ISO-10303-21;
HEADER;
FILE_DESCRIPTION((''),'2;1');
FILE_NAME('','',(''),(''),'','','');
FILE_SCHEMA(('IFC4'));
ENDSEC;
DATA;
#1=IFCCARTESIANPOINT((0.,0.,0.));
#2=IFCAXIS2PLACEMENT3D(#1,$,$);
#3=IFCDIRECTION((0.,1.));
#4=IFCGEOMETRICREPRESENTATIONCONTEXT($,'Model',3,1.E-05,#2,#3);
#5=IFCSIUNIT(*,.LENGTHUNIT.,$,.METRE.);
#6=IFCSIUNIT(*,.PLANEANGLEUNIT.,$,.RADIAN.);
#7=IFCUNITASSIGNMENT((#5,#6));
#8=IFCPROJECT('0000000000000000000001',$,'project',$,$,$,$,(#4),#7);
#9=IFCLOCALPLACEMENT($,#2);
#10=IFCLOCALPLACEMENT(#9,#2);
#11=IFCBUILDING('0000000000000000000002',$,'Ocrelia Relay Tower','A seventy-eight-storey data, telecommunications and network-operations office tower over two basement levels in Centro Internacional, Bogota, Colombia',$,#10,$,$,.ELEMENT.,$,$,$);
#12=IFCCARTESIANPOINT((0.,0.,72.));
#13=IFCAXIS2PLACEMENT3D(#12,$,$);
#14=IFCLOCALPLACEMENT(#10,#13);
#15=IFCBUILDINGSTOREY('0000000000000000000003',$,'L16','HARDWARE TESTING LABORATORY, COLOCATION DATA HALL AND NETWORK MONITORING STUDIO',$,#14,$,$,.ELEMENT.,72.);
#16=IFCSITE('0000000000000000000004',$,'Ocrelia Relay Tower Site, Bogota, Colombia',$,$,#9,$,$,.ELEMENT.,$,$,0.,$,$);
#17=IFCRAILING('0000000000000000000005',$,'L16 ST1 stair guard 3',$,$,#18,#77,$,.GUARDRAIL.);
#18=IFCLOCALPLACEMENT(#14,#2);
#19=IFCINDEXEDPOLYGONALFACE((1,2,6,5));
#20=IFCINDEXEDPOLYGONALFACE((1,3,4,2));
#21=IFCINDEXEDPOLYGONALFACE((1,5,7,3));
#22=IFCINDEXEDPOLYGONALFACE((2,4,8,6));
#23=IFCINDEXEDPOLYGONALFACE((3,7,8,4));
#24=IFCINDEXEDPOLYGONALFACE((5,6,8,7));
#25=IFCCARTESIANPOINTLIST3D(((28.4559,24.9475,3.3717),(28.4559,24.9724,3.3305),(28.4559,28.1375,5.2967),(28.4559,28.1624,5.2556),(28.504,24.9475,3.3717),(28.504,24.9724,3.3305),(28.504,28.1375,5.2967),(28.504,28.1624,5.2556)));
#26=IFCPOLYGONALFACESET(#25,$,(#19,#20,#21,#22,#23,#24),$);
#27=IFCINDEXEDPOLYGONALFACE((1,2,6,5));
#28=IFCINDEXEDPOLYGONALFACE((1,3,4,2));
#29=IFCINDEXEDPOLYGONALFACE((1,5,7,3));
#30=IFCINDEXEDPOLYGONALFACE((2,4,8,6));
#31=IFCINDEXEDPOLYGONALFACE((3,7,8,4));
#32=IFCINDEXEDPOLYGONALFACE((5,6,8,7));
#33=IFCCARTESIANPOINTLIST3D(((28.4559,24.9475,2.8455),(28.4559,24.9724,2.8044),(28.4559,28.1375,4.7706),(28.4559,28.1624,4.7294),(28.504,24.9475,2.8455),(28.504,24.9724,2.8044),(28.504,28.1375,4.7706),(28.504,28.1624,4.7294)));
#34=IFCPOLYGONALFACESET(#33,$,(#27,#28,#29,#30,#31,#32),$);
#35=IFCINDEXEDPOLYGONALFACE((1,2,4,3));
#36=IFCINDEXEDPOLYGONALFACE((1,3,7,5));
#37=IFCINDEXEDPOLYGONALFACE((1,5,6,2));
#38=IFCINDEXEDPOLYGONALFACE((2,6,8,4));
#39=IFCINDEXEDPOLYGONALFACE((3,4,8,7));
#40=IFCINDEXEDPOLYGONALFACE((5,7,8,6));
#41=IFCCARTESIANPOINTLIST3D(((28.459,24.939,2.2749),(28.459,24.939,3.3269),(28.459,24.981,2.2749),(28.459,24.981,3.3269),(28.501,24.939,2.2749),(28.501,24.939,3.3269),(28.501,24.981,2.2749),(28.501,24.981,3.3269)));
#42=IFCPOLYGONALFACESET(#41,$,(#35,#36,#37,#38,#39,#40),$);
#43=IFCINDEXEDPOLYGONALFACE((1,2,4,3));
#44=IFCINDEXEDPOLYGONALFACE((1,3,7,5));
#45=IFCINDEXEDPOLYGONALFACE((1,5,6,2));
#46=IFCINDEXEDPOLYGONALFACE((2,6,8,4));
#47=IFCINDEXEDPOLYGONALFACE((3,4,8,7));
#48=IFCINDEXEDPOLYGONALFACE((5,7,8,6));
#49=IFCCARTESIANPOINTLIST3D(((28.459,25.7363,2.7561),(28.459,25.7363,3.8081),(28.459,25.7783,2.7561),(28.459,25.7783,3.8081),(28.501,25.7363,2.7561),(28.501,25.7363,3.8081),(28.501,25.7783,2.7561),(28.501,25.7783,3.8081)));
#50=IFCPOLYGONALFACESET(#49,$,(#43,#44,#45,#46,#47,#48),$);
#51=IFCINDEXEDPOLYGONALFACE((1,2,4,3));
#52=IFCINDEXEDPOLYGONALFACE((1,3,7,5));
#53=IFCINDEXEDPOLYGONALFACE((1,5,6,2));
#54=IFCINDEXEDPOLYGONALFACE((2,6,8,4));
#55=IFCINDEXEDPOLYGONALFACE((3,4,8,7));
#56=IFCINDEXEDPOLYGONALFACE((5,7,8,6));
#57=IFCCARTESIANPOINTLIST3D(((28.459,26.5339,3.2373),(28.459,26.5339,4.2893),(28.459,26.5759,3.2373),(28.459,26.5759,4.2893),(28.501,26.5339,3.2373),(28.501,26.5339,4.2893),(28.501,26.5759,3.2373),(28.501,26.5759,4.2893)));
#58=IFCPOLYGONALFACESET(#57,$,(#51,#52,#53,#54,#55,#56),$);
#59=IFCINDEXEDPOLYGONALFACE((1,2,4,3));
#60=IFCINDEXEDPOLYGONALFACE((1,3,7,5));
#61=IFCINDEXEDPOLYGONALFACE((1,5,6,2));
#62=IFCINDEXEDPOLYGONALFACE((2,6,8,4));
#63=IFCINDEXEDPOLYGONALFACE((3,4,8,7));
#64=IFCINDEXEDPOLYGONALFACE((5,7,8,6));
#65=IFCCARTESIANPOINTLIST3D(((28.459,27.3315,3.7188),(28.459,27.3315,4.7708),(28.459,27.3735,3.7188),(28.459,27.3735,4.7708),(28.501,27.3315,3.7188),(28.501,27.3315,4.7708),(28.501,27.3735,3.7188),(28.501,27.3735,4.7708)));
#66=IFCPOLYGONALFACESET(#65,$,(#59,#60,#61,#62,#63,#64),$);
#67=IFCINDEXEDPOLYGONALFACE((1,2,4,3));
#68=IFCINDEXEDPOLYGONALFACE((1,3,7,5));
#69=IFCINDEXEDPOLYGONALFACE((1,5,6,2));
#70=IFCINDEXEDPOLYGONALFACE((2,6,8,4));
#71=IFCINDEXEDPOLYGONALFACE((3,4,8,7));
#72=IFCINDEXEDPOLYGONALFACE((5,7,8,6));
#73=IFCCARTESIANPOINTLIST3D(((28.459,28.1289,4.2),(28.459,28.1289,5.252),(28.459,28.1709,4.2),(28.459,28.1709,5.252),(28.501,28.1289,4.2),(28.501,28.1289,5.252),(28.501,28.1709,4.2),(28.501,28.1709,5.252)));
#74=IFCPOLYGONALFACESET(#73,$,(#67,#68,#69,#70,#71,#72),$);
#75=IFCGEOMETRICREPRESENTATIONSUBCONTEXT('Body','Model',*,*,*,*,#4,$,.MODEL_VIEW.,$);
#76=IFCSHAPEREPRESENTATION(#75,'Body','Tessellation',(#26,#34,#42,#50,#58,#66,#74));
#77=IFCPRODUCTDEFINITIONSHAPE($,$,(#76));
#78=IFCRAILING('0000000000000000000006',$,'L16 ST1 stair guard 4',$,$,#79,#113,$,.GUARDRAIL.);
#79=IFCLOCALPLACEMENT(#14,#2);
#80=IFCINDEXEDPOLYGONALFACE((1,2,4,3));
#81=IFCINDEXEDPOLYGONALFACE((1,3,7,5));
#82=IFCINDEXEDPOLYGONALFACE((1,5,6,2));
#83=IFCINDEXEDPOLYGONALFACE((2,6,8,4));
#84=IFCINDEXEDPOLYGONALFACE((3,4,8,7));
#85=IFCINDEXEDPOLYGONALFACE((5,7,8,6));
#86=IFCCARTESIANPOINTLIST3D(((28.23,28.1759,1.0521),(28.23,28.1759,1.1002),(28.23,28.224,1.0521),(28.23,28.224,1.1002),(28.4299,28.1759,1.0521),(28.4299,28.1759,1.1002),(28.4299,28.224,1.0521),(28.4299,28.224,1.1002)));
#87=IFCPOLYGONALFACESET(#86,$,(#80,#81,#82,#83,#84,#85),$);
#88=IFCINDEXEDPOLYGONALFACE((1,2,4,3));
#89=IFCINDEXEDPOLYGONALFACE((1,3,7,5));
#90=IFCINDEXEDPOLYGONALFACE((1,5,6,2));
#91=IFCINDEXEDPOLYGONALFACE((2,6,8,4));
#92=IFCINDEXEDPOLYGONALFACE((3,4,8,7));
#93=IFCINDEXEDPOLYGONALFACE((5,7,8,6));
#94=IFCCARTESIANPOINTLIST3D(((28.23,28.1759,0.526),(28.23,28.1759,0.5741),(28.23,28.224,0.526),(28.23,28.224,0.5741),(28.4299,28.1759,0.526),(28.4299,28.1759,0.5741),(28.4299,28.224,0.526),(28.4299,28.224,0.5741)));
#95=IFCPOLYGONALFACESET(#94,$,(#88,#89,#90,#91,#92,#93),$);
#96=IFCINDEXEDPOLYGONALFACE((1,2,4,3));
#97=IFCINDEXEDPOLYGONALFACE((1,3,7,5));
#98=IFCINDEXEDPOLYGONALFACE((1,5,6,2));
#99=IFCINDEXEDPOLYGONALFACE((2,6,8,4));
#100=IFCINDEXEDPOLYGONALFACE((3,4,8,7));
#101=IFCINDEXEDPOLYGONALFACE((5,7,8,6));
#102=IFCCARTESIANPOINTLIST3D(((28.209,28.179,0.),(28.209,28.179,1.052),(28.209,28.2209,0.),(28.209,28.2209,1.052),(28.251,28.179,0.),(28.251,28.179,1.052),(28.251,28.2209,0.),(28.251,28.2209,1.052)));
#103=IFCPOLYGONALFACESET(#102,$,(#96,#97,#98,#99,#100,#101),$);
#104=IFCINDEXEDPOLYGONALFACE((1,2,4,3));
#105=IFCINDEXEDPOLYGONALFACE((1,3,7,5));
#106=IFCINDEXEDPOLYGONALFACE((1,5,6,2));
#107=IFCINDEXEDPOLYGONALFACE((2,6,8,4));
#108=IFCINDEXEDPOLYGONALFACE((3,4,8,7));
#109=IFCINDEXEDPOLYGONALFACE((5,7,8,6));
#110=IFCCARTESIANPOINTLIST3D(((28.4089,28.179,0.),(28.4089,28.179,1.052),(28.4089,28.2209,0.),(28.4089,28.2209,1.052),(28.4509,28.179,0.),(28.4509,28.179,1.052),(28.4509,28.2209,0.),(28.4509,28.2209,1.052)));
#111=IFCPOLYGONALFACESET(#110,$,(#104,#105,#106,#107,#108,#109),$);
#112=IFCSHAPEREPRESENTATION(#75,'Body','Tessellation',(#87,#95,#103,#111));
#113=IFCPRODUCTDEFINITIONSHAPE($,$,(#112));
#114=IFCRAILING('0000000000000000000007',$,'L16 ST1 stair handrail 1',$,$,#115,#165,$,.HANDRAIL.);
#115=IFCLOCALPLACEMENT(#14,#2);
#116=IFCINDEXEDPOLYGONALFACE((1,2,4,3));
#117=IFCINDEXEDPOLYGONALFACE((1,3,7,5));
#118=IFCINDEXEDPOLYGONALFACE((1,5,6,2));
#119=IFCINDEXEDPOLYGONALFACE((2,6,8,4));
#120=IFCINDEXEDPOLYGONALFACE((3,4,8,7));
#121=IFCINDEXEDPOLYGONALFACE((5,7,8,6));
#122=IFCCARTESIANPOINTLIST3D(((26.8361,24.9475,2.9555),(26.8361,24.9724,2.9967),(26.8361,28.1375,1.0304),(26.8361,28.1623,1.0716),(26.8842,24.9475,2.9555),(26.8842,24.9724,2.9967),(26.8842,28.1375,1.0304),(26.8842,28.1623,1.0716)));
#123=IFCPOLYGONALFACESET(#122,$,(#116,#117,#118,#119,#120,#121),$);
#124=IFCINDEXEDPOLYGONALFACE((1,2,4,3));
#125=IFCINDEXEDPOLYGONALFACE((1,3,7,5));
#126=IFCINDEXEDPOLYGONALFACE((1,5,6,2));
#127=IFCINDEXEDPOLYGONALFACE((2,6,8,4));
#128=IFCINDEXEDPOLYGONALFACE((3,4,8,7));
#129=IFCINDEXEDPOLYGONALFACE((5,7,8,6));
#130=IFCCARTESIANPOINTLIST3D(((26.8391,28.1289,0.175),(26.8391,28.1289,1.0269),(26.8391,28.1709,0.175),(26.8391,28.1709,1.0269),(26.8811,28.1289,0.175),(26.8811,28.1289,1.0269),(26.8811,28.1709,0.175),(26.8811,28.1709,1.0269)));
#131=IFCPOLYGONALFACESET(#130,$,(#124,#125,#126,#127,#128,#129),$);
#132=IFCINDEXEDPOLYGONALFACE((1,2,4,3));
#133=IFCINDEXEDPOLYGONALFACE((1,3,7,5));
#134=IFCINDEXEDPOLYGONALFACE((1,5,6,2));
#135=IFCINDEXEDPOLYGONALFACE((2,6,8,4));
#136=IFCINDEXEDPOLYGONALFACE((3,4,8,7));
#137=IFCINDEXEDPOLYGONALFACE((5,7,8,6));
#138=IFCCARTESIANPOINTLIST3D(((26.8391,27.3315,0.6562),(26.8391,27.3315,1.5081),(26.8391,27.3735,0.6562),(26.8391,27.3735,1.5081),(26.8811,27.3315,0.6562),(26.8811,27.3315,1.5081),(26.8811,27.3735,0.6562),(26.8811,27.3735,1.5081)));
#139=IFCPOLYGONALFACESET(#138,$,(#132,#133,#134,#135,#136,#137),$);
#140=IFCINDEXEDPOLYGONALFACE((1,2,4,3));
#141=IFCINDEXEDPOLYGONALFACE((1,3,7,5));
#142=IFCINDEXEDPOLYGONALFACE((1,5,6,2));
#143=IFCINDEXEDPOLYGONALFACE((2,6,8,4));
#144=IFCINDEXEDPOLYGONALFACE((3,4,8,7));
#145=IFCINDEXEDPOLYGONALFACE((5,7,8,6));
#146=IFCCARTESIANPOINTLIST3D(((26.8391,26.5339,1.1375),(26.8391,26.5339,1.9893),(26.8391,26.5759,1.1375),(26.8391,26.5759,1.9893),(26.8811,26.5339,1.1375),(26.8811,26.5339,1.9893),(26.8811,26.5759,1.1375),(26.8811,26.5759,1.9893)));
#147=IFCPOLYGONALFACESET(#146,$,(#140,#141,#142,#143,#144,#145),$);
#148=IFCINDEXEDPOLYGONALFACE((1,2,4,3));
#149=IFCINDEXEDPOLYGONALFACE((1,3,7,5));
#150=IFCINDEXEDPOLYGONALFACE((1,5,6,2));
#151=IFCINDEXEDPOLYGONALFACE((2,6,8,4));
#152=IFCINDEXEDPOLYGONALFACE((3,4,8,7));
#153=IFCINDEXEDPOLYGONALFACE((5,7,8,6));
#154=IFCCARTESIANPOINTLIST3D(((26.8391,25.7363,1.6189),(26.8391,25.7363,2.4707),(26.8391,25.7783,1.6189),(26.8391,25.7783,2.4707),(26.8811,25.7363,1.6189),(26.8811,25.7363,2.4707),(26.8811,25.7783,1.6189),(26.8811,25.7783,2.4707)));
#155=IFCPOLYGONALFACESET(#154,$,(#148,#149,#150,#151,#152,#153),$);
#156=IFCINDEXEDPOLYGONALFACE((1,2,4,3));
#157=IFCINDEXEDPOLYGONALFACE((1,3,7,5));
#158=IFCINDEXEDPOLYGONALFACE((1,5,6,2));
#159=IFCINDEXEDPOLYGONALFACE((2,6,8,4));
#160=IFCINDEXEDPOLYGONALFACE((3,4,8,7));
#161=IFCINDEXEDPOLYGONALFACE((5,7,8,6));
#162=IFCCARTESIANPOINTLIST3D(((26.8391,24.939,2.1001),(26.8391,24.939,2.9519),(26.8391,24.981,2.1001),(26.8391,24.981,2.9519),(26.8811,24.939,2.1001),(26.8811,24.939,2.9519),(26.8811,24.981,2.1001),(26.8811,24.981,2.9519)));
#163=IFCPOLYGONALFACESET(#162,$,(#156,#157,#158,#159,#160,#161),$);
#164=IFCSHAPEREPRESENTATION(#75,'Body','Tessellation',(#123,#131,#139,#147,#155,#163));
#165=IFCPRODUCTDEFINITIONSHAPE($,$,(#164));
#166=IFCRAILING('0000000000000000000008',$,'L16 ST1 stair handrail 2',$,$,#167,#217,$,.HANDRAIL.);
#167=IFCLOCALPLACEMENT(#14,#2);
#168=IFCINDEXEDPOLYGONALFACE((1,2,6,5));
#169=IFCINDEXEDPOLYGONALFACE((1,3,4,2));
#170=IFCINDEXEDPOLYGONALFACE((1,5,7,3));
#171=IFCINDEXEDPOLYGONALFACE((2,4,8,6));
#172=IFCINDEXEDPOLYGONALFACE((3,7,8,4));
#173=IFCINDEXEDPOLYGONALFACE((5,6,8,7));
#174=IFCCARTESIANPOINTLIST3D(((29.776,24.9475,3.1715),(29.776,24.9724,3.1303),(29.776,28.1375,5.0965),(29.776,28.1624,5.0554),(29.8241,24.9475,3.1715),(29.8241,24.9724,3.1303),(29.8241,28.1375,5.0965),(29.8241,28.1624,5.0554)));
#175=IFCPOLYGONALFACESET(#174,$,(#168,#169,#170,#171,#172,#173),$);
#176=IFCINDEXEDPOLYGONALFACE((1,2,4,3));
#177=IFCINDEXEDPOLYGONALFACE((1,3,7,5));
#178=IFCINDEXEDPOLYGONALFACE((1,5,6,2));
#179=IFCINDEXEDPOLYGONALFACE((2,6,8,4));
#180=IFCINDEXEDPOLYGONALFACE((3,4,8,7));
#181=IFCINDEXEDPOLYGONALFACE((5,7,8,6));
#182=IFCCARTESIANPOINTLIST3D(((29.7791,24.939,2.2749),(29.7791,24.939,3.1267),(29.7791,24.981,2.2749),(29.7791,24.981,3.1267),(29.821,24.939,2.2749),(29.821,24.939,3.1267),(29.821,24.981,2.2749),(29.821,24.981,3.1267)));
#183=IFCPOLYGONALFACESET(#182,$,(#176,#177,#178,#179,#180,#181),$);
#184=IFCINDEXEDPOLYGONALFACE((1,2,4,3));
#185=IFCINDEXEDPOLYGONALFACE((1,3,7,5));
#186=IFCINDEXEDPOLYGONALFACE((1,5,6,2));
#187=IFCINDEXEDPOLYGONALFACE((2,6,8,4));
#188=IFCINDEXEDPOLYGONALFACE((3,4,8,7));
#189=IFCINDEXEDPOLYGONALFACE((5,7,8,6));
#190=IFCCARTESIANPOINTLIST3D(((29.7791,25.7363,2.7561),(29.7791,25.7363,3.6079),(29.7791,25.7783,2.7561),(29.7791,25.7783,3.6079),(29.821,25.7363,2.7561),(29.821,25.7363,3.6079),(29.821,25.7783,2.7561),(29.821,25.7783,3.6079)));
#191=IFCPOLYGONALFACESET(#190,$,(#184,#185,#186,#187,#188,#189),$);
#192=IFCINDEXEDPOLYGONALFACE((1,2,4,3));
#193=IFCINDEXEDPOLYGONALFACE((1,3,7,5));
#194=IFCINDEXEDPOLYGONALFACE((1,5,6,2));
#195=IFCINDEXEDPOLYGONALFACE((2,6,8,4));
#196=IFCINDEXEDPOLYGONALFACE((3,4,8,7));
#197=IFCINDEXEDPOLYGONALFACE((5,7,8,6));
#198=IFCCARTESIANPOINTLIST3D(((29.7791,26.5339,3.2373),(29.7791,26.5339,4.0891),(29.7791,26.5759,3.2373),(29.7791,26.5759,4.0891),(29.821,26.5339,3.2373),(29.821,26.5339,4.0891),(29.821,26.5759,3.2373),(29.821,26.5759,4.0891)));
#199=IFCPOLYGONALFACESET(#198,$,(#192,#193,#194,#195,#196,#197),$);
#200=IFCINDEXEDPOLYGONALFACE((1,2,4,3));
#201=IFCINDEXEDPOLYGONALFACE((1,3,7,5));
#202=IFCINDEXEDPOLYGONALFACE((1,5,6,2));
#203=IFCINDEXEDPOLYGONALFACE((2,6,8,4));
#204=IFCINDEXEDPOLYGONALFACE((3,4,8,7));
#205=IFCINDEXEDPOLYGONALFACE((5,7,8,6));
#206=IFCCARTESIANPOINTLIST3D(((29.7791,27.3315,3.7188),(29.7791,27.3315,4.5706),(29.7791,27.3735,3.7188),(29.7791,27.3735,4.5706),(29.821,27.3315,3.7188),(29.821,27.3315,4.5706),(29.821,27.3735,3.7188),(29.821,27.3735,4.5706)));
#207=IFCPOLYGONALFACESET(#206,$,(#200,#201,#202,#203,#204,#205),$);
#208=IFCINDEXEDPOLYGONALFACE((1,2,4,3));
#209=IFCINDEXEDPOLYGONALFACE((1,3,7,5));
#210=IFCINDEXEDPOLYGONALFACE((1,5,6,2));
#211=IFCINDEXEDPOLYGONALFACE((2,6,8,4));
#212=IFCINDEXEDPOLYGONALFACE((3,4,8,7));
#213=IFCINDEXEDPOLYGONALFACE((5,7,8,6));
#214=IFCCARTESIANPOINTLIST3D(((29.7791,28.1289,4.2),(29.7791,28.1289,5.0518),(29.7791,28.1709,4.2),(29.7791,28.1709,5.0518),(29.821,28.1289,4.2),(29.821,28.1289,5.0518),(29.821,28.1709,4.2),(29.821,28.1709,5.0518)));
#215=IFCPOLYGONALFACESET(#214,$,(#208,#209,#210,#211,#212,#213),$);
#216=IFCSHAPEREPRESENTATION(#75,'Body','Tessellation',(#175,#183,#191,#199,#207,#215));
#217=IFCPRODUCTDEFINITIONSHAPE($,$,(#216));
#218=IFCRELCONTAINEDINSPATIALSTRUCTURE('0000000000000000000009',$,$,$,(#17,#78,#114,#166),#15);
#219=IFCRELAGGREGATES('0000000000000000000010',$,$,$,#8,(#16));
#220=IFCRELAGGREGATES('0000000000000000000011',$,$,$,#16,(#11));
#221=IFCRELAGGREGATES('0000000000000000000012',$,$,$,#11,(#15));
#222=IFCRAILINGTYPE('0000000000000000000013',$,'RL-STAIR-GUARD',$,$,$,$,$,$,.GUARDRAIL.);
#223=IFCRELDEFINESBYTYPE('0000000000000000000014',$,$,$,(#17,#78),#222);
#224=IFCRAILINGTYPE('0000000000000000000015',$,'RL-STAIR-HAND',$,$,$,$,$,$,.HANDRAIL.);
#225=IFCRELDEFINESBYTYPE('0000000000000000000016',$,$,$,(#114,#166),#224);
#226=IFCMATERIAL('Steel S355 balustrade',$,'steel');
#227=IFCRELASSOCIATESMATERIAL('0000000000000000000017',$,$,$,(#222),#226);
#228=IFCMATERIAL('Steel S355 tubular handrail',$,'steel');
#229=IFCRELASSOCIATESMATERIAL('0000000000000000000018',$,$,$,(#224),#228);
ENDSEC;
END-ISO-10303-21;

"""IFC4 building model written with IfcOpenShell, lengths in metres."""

from ifc_helpers import new_model, si_unit, direction, frame, origin, origin_2d, place, context, subcontext, project, spatial, rectangle, extrude, material, type_object, element, save


model = new_model("IFC4")

# Units and contexts
model_context = context("Model", 3, precision=1e-05, world=origin(), true_north=direction((0.0, 1.0)))
body_context = subcontext(model_context, "Body", "Model", "MODEL_VIEW")
ifc_project = project(units=[si_unit("LENGTHUNIT", "METRE"), si_unit("PLANEANGLEUNIT", "RADIAN")], contexts=[model_context])

# Site, building, storey
site_placement = place(None, origin())
site = spatial("IfcSite", under=ifc_project, at=site_placement, Name="Ocrelia Relay Tower Site, Bogota, Colombia", CompositionType="ELEMENT", RefElevation=0.0)
building_placement = place(site_placement, origin())
building = spatial("IfcBuilding", under=site, at=building_placement, Name="Ocrelia Relay Tower", Description="A seventy-eight-storey data, telecommunications and network-operations office tower over two basement levels in Centro Internacional, Bogota, Colombia", CompositionType="ELEMENT")
storey_placement = place(building_placement, frame((0.0, 0.0, 72.0)))
storey = spatial("IfcBuildingStorey", under=building, at=storey_placement, Name="L16", Description="HARDWARE TESTING LABORATORY, COLOCATION DATA HALL AND NETWORK MONITORING STUDIO", CompositionType="ELEMENT", Elevation=72.0)

# Railings
ifc_material_1 = material(Name="Steel S355 balustrade", Category="steel")
railing_type_1 = type_object("IfcRailingType", Name="RL-STAIR-GUARD", PredefinedType="GUARDRAIL", material=ifc_material_1)
railing_1_placement = place(storey_placement, frame((28.48, 24.96, 2.2749)))
element("IfcRailing", 1, at=railing_1_placement, inside=storey, type_object=railing_type_1, Name="L16 ST1 stair guard 3", PredefinedType="GUARDRAIL", context=body_context, shape_type="SweptSolid", body=[
    extrude(rectangle(XDim=0.0481, YDim=0.0481, at=origin_2d()), frame((0.0, 0.0, 1.0762), z_axis=(0.0, 0.856178, 0.516682), x_axis=(-1.0, 0.0, 0.0)), (0.0, 0.0, 1.0), 3.7258),
    extrude(rectangle(XDim=0.0481, YDim=0.0481, at=origin_2d()), frame((0.0, 0.0, 0.55), z_axis=(0.0, 0.856178, 0.516682), x_axis=(-1.0, 0.0, 0.0)), (0.0, 0.0, 1.0), 3.7258),
    extrude(rectangle(XDim=0.042, YDim=0.042, at=origin_2d()), origin(), (0.0, 0.0, 1.0), 1.052),
    extrude(rectangle(XDim=0.042, YDim=0.042, at=origin_2d()), frame((0.0, 0.7974, 0.4812)), (0.0, 0.0, 1.0), 1.052),
    extrude(rectangle(XDim=0.042, YDim=0.042, at=origin_2d()), frame((0.0, 1.595, 0.9624)), (0.0, 0.0, 1.0), 1.052),
    extrude(rectangle(XDim=0.042, YDim=0.042, at=origin_2d()), frame((0.0, 2.3926, 1.4438)), (0.0, 0.0, 1.0), 1.052),
    extrude(rectangle(XDim=0.042, YDim=0.042, at=origin_2d()), frame((0.0, 3.1899, 1.925)), (0.0, 0.0, 1.0), 1.052),
])
railing_2_placement = place(storey_placement, frame((28.23, 28.2, 0.0)))
element("IfcRailing", 2, at=railing_2_placement, inside=storey, type_object=railing_type_1, Name="L16 ST1 stair guard 4", PredefinedType="GUARDRAIL", context=body_context, shape_type="SweptSolid", body=[
    extrude(rectangle(XDim=0.0481, YDim=0.0481, at=origin_2d()), frame((0.0, 0.0, 1.0762), z_axis=(1.0, 0.0, 0.0), x_axis=(0.0, 1.0, 0.0)), (0.0, 0.0, 1.0), 0.2),
    extrude(rectangle(XDim=0.0481, YDim=0.0481, at=origin_2d()), frame((0.0, 0.0, 0.55), z_axis=(1.0, 0.0, 0.0), x_axis=(0.0, 1.0, 0.0)), (0.0, 0.0, 1.0), 0.2),
    extrude(rectangle(XDim=0.042, YDim=0.042, at=origin_2d()), origin(), (0.0, 0.0, 1.0), 1.052),
    extrude(rectangle(XDim=0.042, YDim=0.042, at=origin_2d()), frame((0.2, 0.0, 0.0)), (0.0, 0.0, 1.0), 1.052),
])
ifc_material_2 = material(Name="Steel S355 tubular handrail", Category="steel")
railing_type_2 = type_object("IfcRailingType", Name="RL-STAIR-HAND", PredefinedType="HANDRAIL", material=ifc_material_2)
railing_3_placement = place(storey_placement, frame((26.8601, 28.1499, 0.175)))
element("IfcRailing", 3, at=railing_3_placement, inside=storey, type_object=railing_type_2, Name="L16 ST1 stair handrail 1", PredefinedType="HANDRAIL", context=body_context, shape_type="SweptSolid", body=[
    extrude(rectangle(XDim=0.0481, YDim=0.0481, at=origin_2d()), frame((0.0, 0.0, 0.876), z_axis=(0.0, -0.856178, 0.516682), x_axis=(1.0, 0.0, 0.0)), (0.0, 0.0, 1.0), 3.7258),
    extrude(rectangle(XDim=0.042, YDim=0.042, at=origin_2d()), origin(), (0.0, 0.0, 1.0), 0.8518),
    extrude(rectangle(XDim=0.042, YDim=0.042, at=origin_2d()), frame((0.0, -0.7974, 0.4812)), (0.0, 0.0, 1.0), 0.8518),
    extrude(rectangle(XDim=0.042, YDim=0.042, at=origin_2d()), frame((0.0, -1.595, 0.9624)), (0.0, 0.0, 1.0), 0.8518),
    extrude(rectangle(XDim=0.042, YDim=0.042, at=origin_2d()), frame((0.0, -2.3926, 1.4438)), (0.0, 0.0, 1.0), 0.8518),
    extrude(rectangle(XDim=0.042, YDim=0.042, at=origin_2d()), frame((0.0, -3.1899, 1.925)), (0.0, 0.0, 1.0), 0.8518),
])
railing_4_placement = place(storey_placement, frame((29.8, 24.96, 2.2749)))
element("IfcRailing", 4, at=railing_4_placement, inside=storey, type_object=railing_type_2, Name="L16 ST1 stair handrail 2", PredefinedType="HANDRAIL", context=body_context, shape_type="SweptSolid", body=[
    extrude(rectangle(XDim=0.0481, YDim=0.0481, at=origin_2d()), frame((0.0, 0.0, 0.876), z_axis=(0.0, 0.856178, 0.516682), x_axis=(-1.0, 0.0, 0.0)), (0.0, 0.0, 1.0), 3.7258),
    extrude(rectangle(XDim=0.042, YDim=0.042, at=origin_2d()), origin(), (0.0, 0.0, 1.0), 0.8518),
    extrude(rectangle(XDim=0.042, YDim=0.042, at=origin_2d()), frame((0.0, 0.7974, 0.4812)), (0.0, 0.0, 1.0), 0.8518),
    extrude(rectangle(XDim=0.042, YDim=0.042, at=origin_2d()), frame((0.0, 1.595, 0.9624)), (0.0, 0.0, 1.0), 0.8518),
    extrude(rectangle(XDim=0.042, YDim=0.042, at=origin_2d()), frame((0.0, 2.3926, 1.4438)), (0.0, 0.0, 1.0), 0.8518),
    extrude(rectangle(XDim=0.042, YDim=0.042, at=origin_2d()), frame((0.0, 3.1899, 1.925)), (0.0, 0.0, 1.0), 0.8518),
])

save(model, "model.ifc")
